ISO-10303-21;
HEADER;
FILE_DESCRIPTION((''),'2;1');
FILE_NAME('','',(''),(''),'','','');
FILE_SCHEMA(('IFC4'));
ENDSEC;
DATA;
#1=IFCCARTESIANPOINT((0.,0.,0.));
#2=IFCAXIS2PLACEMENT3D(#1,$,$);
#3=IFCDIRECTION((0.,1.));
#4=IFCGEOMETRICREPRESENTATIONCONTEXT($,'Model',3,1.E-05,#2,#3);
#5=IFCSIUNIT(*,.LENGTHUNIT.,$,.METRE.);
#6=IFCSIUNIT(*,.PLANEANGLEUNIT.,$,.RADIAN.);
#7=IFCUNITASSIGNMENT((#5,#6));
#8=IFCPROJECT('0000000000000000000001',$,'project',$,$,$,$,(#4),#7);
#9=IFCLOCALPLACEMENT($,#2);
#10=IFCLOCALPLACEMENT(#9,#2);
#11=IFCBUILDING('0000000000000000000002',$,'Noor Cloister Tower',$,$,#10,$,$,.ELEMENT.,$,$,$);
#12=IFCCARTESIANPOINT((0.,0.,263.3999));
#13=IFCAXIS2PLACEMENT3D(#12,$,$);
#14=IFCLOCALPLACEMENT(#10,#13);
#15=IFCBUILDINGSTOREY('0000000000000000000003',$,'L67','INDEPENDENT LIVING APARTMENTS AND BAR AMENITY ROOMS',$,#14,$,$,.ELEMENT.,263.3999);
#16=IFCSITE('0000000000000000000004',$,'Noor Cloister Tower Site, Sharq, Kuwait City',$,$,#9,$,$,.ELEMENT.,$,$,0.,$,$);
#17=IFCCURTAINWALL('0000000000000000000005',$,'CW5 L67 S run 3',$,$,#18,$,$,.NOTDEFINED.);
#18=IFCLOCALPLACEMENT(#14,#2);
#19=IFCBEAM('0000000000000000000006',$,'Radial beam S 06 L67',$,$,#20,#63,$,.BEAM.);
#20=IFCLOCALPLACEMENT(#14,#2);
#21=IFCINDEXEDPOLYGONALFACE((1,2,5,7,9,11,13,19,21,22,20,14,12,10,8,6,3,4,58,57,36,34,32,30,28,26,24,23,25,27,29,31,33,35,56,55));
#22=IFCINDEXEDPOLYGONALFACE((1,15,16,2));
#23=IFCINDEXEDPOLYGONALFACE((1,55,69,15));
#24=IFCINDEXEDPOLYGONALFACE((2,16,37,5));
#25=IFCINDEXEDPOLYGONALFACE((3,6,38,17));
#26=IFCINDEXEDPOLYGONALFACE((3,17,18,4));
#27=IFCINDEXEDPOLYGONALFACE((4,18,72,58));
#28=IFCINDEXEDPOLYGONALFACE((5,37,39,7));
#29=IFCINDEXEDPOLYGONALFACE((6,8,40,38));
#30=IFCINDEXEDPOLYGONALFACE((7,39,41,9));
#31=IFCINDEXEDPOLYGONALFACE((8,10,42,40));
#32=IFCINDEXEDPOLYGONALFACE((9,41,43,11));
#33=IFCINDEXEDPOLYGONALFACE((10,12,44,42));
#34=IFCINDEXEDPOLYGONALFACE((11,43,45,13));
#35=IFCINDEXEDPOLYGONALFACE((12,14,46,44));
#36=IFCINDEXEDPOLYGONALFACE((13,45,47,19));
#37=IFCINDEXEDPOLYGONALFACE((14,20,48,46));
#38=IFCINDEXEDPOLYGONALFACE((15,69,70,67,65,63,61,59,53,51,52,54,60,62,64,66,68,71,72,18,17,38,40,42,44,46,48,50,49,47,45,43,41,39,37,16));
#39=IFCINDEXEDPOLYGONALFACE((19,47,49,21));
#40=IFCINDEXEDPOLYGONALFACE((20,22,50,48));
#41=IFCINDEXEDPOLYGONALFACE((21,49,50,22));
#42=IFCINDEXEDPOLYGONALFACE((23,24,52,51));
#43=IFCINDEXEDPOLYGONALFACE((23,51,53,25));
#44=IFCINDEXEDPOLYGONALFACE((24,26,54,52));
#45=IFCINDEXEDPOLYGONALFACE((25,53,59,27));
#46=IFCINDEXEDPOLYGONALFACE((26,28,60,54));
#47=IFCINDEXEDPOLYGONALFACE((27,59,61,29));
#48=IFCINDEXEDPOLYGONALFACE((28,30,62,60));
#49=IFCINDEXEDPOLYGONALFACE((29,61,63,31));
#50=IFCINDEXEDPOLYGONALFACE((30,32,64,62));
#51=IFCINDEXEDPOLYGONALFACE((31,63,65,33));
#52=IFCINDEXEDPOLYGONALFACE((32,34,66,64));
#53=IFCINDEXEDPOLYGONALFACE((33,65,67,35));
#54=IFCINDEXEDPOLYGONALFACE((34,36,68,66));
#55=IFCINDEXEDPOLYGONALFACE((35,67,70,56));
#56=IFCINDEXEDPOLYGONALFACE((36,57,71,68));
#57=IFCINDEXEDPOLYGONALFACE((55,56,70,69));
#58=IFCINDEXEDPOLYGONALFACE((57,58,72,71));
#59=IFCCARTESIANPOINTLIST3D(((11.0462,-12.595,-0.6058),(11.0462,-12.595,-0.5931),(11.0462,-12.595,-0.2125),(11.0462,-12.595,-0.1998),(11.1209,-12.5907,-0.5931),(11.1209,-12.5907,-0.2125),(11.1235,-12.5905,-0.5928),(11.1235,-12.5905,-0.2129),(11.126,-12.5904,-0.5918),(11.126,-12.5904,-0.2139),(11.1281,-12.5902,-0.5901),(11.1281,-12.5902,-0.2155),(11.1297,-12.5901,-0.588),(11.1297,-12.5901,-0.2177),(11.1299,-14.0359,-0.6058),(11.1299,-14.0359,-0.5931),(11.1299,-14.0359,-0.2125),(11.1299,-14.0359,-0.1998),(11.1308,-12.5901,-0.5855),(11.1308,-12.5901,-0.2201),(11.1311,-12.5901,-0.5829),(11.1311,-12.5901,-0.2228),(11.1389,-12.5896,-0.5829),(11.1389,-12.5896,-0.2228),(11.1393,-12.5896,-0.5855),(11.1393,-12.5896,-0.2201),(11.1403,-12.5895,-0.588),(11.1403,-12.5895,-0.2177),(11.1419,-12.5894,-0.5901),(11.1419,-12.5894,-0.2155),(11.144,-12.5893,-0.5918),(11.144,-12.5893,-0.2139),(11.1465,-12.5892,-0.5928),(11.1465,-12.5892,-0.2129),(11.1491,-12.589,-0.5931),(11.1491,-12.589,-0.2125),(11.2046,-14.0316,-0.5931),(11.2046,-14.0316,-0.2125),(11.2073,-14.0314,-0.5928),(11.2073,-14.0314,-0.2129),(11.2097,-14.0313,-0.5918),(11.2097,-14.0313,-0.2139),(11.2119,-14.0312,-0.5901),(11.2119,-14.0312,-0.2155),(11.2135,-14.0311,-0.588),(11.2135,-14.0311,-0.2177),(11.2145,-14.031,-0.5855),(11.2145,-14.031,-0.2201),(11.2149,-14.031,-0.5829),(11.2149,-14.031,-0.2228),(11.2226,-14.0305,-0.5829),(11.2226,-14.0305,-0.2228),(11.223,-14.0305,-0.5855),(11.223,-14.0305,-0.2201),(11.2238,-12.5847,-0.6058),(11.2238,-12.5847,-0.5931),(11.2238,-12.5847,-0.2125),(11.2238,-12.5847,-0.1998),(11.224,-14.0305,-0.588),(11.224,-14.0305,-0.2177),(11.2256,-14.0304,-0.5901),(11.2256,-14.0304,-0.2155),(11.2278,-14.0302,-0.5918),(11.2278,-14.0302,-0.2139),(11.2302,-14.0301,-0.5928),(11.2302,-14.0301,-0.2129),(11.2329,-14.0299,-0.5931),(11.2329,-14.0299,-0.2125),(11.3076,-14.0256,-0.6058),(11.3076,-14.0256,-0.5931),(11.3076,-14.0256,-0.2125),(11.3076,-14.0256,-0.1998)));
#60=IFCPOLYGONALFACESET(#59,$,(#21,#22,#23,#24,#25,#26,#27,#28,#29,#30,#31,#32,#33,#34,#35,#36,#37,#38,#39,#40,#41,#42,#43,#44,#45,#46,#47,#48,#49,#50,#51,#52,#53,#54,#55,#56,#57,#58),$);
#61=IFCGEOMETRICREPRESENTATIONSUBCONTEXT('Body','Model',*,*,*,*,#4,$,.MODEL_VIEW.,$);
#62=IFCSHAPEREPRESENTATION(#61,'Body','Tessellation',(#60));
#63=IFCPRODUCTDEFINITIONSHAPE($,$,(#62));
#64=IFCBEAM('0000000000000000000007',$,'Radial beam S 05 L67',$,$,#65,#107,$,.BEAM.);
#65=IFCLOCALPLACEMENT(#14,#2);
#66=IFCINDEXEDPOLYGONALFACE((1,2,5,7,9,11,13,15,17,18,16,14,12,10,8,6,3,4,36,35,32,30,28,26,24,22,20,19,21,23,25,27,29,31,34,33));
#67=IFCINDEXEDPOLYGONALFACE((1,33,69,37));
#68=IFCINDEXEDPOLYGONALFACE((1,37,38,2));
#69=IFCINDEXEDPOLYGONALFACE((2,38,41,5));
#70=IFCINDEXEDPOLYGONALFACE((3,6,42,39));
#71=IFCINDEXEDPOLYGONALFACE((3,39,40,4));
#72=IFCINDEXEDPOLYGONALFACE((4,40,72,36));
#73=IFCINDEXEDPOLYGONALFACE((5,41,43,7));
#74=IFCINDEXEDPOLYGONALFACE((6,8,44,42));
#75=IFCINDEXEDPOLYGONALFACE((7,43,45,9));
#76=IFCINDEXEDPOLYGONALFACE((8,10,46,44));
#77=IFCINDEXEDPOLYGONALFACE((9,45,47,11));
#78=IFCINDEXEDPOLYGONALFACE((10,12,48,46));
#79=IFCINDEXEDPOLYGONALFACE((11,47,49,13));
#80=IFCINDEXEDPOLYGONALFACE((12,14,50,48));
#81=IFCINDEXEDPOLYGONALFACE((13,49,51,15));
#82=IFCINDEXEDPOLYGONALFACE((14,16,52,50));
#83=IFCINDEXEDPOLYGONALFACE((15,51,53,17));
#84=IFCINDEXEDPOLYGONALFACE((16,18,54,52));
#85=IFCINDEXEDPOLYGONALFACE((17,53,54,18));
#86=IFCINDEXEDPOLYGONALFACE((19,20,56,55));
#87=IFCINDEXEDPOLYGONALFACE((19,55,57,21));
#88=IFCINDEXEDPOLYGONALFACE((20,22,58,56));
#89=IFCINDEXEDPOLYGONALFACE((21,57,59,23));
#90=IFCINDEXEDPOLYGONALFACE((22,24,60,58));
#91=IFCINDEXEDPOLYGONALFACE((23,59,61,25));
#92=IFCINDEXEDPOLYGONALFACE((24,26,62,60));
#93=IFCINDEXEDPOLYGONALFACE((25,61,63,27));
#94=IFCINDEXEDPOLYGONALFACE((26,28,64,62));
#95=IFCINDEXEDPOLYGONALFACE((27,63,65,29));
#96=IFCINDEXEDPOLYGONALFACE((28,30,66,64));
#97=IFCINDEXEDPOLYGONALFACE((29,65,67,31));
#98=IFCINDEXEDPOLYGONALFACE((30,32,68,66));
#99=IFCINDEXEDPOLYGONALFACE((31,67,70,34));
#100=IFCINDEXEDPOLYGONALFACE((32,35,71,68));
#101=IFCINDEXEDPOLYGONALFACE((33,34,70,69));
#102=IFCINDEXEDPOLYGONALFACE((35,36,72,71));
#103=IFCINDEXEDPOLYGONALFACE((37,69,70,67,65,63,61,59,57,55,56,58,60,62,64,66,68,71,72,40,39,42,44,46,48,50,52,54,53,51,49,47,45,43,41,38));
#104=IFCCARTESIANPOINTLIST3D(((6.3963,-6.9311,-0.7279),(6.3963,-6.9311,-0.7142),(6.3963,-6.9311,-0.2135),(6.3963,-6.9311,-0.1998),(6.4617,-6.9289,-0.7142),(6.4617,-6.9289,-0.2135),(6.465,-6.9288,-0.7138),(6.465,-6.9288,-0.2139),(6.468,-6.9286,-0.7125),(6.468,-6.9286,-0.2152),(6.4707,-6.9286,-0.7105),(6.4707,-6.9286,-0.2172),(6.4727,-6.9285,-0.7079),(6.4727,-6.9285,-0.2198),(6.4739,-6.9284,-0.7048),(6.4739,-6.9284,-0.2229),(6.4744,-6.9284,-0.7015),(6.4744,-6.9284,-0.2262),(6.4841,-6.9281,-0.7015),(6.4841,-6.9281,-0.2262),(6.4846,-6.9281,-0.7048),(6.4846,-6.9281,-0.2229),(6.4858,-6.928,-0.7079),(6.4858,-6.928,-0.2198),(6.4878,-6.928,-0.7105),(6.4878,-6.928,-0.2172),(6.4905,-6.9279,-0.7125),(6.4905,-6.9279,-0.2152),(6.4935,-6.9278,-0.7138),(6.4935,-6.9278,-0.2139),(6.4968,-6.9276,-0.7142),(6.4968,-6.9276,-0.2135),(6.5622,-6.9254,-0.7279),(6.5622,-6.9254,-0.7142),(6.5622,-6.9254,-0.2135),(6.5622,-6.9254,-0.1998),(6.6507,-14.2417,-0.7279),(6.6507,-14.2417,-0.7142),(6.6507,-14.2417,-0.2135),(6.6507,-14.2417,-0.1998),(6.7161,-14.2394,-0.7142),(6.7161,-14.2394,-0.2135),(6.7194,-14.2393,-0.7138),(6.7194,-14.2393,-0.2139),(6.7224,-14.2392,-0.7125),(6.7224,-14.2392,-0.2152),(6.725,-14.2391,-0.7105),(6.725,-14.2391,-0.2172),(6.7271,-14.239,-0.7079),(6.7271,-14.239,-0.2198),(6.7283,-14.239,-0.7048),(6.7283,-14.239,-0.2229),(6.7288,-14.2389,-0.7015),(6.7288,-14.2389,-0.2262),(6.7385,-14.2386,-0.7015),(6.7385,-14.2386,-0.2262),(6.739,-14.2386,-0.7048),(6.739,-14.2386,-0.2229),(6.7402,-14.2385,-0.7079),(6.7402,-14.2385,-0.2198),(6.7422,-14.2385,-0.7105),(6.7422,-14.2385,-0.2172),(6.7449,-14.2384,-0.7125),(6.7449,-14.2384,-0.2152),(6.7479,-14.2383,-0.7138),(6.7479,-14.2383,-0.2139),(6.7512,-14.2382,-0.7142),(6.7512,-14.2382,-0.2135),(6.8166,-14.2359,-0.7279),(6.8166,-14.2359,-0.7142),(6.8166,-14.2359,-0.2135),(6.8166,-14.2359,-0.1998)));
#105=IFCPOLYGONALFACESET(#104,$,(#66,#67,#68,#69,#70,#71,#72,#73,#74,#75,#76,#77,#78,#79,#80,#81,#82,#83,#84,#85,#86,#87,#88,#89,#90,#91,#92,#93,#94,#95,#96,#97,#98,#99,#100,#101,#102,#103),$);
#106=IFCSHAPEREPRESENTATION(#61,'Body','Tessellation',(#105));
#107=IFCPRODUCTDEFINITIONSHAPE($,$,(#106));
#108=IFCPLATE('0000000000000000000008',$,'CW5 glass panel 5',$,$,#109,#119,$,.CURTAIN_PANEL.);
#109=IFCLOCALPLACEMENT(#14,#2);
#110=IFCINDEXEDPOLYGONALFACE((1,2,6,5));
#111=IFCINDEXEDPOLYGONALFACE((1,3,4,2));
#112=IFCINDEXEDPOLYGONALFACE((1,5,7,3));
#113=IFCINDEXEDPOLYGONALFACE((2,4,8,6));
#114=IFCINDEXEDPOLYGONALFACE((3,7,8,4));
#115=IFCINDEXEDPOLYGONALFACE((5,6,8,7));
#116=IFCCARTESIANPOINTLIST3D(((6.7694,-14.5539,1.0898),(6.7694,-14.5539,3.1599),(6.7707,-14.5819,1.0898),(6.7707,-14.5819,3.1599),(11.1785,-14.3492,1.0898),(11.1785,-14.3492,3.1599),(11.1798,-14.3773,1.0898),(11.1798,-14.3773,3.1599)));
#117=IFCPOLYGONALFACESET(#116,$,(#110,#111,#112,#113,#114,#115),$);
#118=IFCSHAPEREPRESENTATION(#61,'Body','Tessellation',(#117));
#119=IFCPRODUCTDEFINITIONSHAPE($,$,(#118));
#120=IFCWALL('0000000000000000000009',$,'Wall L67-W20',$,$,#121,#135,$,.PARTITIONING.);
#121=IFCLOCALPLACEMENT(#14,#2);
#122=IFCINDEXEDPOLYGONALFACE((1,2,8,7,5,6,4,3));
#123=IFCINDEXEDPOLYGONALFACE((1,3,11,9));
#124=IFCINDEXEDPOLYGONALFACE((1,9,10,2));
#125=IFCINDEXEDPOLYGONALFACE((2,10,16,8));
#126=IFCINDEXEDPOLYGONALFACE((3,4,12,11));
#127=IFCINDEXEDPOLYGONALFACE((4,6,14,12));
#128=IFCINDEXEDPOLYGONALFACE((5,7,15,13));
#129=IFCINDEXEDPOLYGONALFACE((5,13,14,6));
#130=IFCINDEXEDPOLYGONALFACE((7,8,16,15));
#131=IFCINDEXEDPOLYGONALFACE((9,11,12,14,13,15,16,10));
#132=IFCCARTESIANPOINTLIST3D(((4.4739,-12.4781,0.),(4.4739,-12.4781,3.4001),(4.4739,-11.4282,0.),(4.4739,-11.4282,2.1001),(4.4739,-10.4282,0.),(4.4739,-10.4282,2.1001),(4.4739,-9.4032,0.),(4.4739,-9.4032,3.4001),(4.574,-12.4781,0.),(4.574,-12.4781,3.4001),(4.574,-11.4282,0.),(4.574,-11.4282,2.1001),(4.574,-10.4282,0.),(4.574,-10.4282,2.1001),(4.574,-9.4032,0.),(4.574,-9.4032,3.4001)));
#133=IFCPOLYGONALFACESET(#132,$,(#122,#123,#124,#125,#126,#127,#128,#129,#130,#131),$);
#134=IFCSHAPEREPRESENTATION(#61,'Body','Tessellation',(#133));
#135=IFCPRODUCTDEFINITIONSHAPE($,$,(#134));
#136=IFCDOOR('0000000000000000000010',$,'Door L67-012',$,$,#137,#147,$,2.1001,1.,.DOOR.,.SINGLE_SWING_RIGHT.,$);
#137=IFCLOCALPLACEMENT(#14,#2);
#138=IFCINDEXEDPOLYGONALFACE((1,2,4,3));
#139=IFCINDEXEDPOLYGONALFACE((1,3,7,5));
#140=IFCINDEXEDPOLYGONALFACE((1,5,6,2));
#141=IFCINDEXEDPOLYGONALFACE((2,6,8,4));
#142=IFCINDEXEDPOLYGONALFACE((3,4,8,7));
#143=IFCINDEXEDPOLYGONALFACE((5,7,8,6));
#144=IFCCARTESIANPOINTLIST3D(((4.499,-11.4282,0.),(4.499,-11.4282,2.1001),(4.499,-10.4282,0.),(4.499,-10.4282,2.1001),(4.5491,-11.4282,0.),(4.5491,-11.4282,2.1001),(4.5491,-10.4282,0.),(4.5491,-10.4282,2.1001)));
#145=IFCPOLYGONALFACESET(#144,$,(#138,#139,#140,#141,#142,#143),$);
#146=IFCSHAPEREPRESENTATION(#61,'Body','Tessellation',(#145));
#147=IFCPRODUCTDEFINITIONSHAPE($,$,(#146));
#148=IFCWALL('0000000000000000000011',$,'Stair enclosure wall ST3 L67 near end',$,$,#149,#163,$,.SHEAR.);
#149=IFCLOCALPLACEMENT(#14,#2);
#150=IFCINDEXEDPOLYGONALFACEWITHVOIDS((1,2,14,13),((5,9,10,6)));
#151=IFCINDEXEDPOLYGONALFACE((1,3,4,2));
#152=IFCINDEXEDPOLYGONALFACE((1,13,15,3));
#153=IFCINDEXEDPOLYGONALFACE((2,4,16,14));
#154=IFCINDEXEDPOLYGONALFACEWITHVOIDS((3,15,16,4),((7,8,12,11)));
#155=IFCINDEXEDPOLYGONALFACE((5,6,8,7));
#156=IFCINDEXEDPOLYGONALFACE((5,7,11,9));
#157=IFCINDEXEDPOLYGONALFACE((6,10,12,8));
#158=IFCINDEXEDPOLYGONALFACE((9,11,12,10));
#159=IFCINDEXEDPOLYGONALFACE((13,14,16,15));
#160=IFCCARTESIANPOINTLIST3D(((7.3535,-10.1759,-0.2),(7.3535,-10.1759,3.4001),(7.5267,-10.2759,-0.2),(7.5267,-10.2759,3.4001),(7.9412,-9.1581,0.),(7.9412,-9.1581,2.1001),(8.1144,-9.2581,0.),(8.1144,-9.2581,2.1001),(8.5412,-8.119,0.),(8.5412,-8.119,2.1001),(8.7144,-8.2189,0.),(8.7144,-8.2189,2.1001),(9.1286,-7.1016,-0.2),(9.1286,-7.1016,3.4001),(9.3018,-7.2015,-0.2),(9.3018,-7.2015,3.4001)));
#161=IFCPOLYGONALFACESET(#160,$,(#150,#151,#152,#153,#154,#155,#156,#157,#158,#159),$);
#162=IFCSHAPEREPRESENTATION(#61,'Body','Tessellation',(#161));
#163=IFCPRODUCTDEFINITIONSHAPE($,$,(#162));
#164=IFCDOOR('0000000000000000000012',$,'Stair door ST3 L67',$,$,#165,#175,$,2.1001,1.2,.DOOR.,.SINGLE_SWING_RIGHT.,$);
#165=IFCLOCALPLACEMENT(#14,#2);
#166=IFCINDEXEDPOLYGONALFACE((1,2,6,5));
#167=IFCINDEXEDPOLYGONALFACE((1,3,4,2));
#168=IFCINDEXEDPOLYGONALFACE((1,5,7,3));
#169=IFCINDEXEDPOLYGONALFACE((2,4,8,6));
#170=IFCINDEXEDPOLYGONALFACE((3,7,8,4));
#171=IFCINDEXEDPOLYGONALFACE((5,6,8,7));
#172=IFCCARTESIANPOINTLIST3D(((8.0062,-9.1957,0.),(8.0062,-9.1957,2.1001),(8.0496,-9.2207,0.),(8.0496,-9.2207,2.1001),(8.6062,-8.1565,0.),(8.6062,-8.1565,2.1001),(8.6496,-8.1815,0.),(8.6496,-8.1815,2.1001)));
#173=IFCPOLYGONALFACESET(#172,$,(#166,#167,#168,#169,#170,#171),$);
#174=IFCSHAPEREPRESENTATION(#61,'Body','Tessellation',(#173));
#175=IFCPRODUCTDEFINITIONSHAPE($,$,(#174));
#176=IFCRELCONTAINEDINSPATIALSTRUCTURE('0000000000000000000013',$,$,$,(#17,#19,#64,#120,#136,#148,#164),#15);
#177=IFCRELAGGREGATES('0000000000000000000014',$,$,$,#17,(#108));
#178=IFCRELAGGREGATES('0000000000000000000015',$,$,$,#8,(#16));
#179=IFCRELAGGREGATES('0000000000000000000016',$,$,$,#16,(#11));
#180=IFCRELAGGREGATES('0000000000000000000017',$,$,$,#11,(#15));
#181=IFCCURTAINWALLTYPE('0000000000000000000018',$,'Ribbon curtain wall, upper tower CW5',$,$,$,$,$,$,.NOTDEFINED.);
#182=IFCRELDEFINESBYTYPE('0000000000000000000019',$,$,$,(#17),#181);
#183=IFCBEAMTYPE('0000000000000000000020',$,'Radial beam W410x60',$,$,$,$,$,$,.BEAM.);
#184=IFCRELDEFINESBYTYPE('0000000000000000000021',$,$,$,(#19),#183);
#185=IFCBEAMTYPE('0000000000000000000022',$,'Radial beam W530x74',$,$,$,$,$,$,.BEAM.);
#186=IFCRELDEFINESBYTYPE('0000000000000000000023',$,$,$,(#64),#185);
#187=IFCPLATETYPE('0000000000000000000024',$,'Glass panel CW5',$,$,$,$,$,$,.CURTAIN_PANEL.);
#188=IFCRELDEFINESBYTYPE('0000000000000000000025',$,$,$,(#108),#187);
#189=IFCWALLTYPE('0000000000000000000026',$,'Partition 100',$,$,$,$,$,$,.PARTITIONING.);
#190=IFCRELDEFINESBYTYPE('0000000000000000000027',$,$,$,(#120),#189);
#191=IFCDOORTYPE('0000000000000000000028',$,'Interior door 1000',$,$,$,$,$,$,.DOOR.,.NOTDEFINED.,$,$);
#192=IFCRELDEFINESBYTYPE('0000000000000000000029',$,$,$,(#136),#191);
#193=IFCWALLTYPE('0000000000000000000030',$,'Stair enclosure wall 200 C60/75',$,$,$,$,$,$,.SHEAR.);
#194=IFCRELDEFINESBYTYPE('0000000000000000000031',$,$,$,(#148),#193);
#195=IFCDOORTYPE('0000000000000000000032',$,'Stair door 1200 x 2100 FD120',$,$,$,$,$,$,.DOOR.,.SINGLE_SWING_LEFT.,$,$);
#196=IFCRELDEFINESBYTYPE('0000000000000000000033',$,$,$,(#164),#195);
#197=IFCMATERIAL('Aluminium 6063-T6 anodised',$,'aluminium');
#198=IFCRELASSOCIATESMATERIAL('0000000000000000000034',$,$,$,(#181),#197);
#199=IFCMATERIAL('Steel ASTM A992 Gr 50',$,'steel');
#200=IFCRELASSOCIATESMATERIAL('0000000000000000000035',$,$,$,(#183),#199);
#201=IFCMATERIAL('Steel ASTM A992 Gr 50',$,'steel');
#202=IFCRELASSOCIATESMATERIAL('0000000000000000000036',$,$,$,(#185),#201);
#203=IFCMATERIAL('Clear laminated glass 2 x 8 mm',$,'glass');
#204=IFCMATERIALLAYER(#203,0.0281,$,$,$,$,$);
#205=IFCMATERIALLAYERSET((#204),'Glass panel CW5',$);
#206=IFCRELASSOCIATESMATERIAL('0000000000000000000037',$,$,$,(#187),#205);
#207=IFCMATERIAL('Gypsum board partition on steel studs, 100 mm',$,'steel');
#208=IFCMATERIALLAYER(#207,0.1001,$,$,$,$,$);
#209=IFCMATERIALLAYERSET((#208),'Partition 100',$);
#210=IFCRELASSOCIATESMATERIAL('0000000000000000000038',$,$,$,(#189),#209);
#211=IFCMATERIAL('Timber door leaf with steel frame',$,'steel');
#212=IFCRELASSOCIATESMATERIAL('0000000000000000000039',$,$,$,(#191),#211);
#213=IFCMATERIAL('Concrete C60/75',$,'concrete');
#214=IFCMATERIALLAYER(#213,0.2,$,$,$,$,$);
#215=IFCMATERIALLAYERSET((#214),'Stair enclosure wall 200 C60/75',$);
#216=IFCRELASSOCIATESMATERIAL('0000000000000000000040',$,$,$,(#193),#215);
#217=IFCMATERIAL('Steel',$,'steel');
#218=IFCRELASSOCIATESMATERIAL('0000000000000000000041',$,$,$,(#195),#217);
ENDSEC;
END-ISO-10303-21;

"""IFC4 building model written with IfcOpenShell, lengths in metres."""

from ifc_helpers import new_model, si_unit, direction, frame, frame_2d, origin, origin_2d, place, context, subcontext, project, spatial, rectangle, i_section, extrude, material, layer, layer_set, material_profile, profile_set, type_object, element, fill, aggregate, save


model = new_model("IFC4")

# Units and contexts
model_context = context("Model", 3, precision=1e-05, world=origin(), true_north=direction((0.0, 1.0)))
body_context = subcontext(model_context, "Body", "Model", "MODEL_VIEW")
ifc_project = project(units=[si_unit("LENGTHUNIT", "METRE"), si_unit("PLANEANGLEUNIT", "RADIAN")], contexts=[model_context])

# Site, building, storey
site_placement = place(None, origin())
site = spatial("IfcSite", under=ifc_project, at=site_placement, Name="Noor Cloister Tower Site, Sharq, Kuwait City", CompositionType="ELEMENT", RefElevation=0.0)
building_placement = place(site_placement, origin())
building = spatial("IfcBuilding", under=site, at=building_placement, Name="Noor Cloister Tower", CompositionType="ELEMENT")
storey_placement = place(building_placement, frame((0.0, 0.0, 263.3999)))
storey = spatial("IfcBuildingStorey", under=building, at=storey_placement, Name="L67", Description="INDEPENDENT LIVING APARTMENTS AND BAR AMENITY ROOMS", CompositionType="ELEMENT", Elevation=263.3999)

# Curtain wall
ifc_material_1 = material(Name="Aluminium 6063-T6 anodised", Category="aluminium")
curtain_wall_type = type_object("IfcCurtainWallType", Name="Ribbon curtain wall, upper tower CW5", PredefinedType="NOTDEFINED", material=ifc_material_1)
curtain_wall_placement = place(storey_placement, origin())
curtain_wall = element("IfcCurtainWall", 1, at=curtain_wall_placement, inside=storey, type_object=curtain_wall_type, Name="CW5 L67 S run 3", PredefinedType="NOTDEFINED")

# Beams
ifc_material_2 = material(Name="Steel ASTM A992 Gr 50", Category="steel")
ifc_material_profile_1 = material_profile(ifc_material_2, i_section(OverallWidth=0.178, OverallDepth=0.406, WebThickness=0.0078, FlangeThickness=0.0127, FilletRadius=0.0103, at=origin_2d()), Name="W410x60")
ifc_profile_set_1 = profile_set([ifc_material_profile_1], Name="Steel ASTM A992 Gr 50")
beam_type_1 = type_object("IfcBeamType", Name="Radial beam W410x60", PredefinedType="BEAM", material=ifc_profile_set_1)
beam_1_placement = place(storey_placement, frame((11.2188, -14.0308, -0.4028), z_axis=(-0.058018, 0.998316, 0.0), x_axis=(-0.998316, -0.058018, 0.0)))
element("IfcBeam", 2, at=beam_1_placement, inside=storey, type_object=beam_type_1, Name="Radial beam S 06 L67", PredefinedType="BEAM", context=body_context, shape_type="SweptSolid", body=[
    extrude(i_section(OverallWidth=0.178, OverallDepth=0.406, WebThickness=0.0078, FlangeThickness=0.0127, FilletRadius=0.0103, at=origin_2d()), origin(), (0.0, 0.0, 1.0), 1.4434),
])
ifc_material_3 = material(Name="Steel ASTM A992 Gr 50", Category="steel")
ifc_material_profile_2 = material_profile(ifc_material_3, i_section(OverallWidth=0.166, OverallDepth=0.5281, WebThickness=0.0098, FlangeThickness=0.0137, FilletRadius=0.0127, at=origin_2d()), Name="W530x74")
ifc_profile_set_2 = profile_set([ifc_material_profile_2], Name="Steel ASTM A992 Gr 50")
beam_type_2 = type_object("IfcBeamType", Name="Radial beam W530x74", PredefinedType="BEAM", material=ifc_profile_set_2)
beam_2_placement = place(storey_placement, frame((6.7336, -14.2388, -0.4639), z_axis=(-0.034777, 0.999395, 0.0), x_axis=(-0.999395, -0.034777, 0.0)))
element("IfcBeam", 3, at=beam_2_placement, inside=storey, type_object=beam_type_2, Name="Radial beam S 05 L67", PredefinedType="BEAM", context=body_context, shape_type="SweptSolid", body=[
    extrude(i_section(OverallWidth=0.166, OverallDepth=0.5281, WebThickness=0.0098, FlangeThickness=0.0137, FilletRadius=0.0127, at=origin_2d()), origin(), (0.0, 0.0, 1.0), 7.3149),
])

# Plate
ifc_material_4 = material(Name="Clear laminated glass 2 x 8 mm", Category="glass")
ifc_layer_1 = layer(ifc_material_4, 0.0281)
ifc_layer_set_1 = layer_set([ifc_layer_1], Name="Glass panel CW5")
plate_type = type_object("IfcPlateType", Name="Glass panel CW5", PredefinedType="CURTAIN_PANEL", material=ifc_layer_set_1)
plate_placement = place(storey_placement, frame((8.9746, -14.4656, 1.0898), z_axis=(0.0, 0.0, 1.0), x_axis=(0.998924, 0.046368, 0.0)))
plate = element("IfcPlate", 4, at=plate_placement, type_object=plate_type, Name="CW5 glass panel 5", PredefinedType="CURTAIN_PANEL", context=body_context, shape_type="SweptSolid", body=[
    extrude(rectangle(XDim=4.4138, YDim=0.0281, at=origin_2d()), origin(), (0.0, 0.0, 1.0), 2.0701),
])
aggregate(curtain_wall, [plate])

# Walls, openings, doors
ifc_material_5 = material(Name="Gypsum board partition on steel studs, 100 mm", Category="steel")
ifc_layer_2 = layer(ifc_material_5, 0.1001)
ifc_layer_set_2 = layer_set([ifc_layer_2], Name="Partition 100")
wall_type_1 = type_object("IfcWallType", Name="Partition 100", PredefinedType="PARTITIONING", material=ifc_layer_set_2)
wall_1_placement = place(storey_placement, frame((4.5239, -12.4783, 0.0), z_axis=(0.0, 0.0, 1.0), x_axis=(0.0, 1.0, 0.0)))
wall_1 = element("IfcWall", 5, at=wall_1_placement, inside=storey, type_object=wall_type_1, Name="Wall L67-W20", PredefinedType="PARTITIONING", context=body_context, shape_type="SweptSolid", body=[
    extrude(rectangle(XDim=3.075, YDim=0.1001, at=frame_2d((1.5376, 0.0))), origin(), (0.0, 0.0, 1.0), 3.4001),
])
opening_1_placement = place(wall_1_placement, frame((1.05, 0.0, 0.0)))
opening_1 = element("IfcOpeningElement", 6, at=opening_1_placement, cuts=wall_1, PredefinedType="OPENING", context=body_context, shape_type="SweptSolid", body=[
    extrude(rectangle(XDim=1.0, YDim=2.1001, at=frame_2d((0.5, 1.05))), frame((0.0, 0.0601, 0.0), z_axis=(0.0, -1.0, 0.0), x_axis=(1.0, 0.0, 0.0)), (0.0, 0.0, 1.0), 0.1201),
])
ifc_material_6 = material(Name="Timber door leaf with steel frame", Category="steel")
door_type_1 = type_object("IfcDoorType", Name="Interior door 1000", OperationType="NOTDEFINED", PredefinedType="DOOR", material=ifc_material_6)
door_1_placement = place(opening_1_placement, origin())
door_1 = element("IfcDoor", 7, at=door_1_placement, inside=storey, type_object=door_type_1, Name="Door L67-012", OperationType="SINGLE_SWING_RIGHT", OverallHeight=2.1001, OverallWidth=1.0, PredefinedType="DOOR", context=body_context, shape_type="SweptSolid", body=[
    extrude(rectangle(XDim=1.0, YDim=2.1001, at=frame_2d((0.5, 1.05))), frame((0.0, 0.0249, 0.0), z_axis=(0.0, -1.0, 0.0), x_axis=(1.0, 0.0, 0.0)), (0.0, 0.0, 1.0), 0.05),
])
fill(opening_1, door_1)
ifc_material_7 = material(Name="Concrete C60/75", Category="concrete")
ifc_layer_3 = layer(ifc_material_7, 0.2)
ifc_layer_set_3 = layer_set([ifc_layer_3], Name="Stair enclosure wall 200 C60/75")
wall_type_2 = type_object("IfcWallType", Name="Stair enclosure wall 200 C60/75", PredefinedType="SHEAR", material=ifc_layer_set_3)
wall_2_placement = place(storey_placement, frame((7.4402, -10.2258, -0.2), z_axis=(0.0, 0.0, 1.0), x_axis=(0.500022, 0.866013, 0.0)))
wall_2 = element("IfcWall", 8, at=wall_2_placement, inside=storey, type_object=wall_type_2, Name="Stair enclosure wall ST3 L67 near end", PredefinedType="SHEAR", context=body_context, shape_type="SweptSolid", body=[
    extrude(rectangle(XDim=3.55, YDim=0.2, at=frame_2d((1.7749, 0.0))), origin(), (0.0, 0.0, 1.0), 3.6001),
])
opening_2_placement = place(wall_2_placement, frame((1.175, 0.0, 0.2)))
opening_2 = element("IfcOpeningElement", 9, at=opening_2_placement, cuts=wall_2, PredefinedType="OPENING", context=body_context, shape_type="SweptSolid", body=[
    extrude(rectangle(XDim=1.2, YDim=2.1001, at=frame_2d((0.6001, 1.05))), frame((0.0, 0.1099, 0.0), z_axis=(0.0, -1.0, 0.0), x_axis=(1.0, 0.0, 0.0)), (0.0, 0.0, 1.0), 0.22),
])
ifc_material_8 = material(Name="Steel", Category="steel")
door_type_2 = type_object("IfcDoorType", Name="Stair door 1200 x 2100 FD120", OperationType="SINGLE_SWING_LEFT", PredefinedType="DOOR", material=ifc_material_8)
door_2_placement = place(opening_2_placement, origin())
door_2 = element("IfcDoor", 10, at=door_2_placement, inside=storey, type_object=door_type_2, Name="Stair door ST3 L67", OperationType="SINGLE_SWING_RIGHT", OverallHeight=2.1001, OverallWidth=1.2, PredefinedType="DOOR", context=body_context, shape_type="SweptSolid", body=[
    extrude(rectangle(XDim=1.2, YDim=2.1001, at=frame_2d((0.6001, 1.05))), frame((0.0, 0.0249, 0.0), z_axis=(0.0, -1.0, 0.0), x_axis=(1.0, 0.0, 0.0)), (0.0, 0.0, 1.0), 0.05),
])
fill(opening_2, door_2)

save(model, "model.ifc")
